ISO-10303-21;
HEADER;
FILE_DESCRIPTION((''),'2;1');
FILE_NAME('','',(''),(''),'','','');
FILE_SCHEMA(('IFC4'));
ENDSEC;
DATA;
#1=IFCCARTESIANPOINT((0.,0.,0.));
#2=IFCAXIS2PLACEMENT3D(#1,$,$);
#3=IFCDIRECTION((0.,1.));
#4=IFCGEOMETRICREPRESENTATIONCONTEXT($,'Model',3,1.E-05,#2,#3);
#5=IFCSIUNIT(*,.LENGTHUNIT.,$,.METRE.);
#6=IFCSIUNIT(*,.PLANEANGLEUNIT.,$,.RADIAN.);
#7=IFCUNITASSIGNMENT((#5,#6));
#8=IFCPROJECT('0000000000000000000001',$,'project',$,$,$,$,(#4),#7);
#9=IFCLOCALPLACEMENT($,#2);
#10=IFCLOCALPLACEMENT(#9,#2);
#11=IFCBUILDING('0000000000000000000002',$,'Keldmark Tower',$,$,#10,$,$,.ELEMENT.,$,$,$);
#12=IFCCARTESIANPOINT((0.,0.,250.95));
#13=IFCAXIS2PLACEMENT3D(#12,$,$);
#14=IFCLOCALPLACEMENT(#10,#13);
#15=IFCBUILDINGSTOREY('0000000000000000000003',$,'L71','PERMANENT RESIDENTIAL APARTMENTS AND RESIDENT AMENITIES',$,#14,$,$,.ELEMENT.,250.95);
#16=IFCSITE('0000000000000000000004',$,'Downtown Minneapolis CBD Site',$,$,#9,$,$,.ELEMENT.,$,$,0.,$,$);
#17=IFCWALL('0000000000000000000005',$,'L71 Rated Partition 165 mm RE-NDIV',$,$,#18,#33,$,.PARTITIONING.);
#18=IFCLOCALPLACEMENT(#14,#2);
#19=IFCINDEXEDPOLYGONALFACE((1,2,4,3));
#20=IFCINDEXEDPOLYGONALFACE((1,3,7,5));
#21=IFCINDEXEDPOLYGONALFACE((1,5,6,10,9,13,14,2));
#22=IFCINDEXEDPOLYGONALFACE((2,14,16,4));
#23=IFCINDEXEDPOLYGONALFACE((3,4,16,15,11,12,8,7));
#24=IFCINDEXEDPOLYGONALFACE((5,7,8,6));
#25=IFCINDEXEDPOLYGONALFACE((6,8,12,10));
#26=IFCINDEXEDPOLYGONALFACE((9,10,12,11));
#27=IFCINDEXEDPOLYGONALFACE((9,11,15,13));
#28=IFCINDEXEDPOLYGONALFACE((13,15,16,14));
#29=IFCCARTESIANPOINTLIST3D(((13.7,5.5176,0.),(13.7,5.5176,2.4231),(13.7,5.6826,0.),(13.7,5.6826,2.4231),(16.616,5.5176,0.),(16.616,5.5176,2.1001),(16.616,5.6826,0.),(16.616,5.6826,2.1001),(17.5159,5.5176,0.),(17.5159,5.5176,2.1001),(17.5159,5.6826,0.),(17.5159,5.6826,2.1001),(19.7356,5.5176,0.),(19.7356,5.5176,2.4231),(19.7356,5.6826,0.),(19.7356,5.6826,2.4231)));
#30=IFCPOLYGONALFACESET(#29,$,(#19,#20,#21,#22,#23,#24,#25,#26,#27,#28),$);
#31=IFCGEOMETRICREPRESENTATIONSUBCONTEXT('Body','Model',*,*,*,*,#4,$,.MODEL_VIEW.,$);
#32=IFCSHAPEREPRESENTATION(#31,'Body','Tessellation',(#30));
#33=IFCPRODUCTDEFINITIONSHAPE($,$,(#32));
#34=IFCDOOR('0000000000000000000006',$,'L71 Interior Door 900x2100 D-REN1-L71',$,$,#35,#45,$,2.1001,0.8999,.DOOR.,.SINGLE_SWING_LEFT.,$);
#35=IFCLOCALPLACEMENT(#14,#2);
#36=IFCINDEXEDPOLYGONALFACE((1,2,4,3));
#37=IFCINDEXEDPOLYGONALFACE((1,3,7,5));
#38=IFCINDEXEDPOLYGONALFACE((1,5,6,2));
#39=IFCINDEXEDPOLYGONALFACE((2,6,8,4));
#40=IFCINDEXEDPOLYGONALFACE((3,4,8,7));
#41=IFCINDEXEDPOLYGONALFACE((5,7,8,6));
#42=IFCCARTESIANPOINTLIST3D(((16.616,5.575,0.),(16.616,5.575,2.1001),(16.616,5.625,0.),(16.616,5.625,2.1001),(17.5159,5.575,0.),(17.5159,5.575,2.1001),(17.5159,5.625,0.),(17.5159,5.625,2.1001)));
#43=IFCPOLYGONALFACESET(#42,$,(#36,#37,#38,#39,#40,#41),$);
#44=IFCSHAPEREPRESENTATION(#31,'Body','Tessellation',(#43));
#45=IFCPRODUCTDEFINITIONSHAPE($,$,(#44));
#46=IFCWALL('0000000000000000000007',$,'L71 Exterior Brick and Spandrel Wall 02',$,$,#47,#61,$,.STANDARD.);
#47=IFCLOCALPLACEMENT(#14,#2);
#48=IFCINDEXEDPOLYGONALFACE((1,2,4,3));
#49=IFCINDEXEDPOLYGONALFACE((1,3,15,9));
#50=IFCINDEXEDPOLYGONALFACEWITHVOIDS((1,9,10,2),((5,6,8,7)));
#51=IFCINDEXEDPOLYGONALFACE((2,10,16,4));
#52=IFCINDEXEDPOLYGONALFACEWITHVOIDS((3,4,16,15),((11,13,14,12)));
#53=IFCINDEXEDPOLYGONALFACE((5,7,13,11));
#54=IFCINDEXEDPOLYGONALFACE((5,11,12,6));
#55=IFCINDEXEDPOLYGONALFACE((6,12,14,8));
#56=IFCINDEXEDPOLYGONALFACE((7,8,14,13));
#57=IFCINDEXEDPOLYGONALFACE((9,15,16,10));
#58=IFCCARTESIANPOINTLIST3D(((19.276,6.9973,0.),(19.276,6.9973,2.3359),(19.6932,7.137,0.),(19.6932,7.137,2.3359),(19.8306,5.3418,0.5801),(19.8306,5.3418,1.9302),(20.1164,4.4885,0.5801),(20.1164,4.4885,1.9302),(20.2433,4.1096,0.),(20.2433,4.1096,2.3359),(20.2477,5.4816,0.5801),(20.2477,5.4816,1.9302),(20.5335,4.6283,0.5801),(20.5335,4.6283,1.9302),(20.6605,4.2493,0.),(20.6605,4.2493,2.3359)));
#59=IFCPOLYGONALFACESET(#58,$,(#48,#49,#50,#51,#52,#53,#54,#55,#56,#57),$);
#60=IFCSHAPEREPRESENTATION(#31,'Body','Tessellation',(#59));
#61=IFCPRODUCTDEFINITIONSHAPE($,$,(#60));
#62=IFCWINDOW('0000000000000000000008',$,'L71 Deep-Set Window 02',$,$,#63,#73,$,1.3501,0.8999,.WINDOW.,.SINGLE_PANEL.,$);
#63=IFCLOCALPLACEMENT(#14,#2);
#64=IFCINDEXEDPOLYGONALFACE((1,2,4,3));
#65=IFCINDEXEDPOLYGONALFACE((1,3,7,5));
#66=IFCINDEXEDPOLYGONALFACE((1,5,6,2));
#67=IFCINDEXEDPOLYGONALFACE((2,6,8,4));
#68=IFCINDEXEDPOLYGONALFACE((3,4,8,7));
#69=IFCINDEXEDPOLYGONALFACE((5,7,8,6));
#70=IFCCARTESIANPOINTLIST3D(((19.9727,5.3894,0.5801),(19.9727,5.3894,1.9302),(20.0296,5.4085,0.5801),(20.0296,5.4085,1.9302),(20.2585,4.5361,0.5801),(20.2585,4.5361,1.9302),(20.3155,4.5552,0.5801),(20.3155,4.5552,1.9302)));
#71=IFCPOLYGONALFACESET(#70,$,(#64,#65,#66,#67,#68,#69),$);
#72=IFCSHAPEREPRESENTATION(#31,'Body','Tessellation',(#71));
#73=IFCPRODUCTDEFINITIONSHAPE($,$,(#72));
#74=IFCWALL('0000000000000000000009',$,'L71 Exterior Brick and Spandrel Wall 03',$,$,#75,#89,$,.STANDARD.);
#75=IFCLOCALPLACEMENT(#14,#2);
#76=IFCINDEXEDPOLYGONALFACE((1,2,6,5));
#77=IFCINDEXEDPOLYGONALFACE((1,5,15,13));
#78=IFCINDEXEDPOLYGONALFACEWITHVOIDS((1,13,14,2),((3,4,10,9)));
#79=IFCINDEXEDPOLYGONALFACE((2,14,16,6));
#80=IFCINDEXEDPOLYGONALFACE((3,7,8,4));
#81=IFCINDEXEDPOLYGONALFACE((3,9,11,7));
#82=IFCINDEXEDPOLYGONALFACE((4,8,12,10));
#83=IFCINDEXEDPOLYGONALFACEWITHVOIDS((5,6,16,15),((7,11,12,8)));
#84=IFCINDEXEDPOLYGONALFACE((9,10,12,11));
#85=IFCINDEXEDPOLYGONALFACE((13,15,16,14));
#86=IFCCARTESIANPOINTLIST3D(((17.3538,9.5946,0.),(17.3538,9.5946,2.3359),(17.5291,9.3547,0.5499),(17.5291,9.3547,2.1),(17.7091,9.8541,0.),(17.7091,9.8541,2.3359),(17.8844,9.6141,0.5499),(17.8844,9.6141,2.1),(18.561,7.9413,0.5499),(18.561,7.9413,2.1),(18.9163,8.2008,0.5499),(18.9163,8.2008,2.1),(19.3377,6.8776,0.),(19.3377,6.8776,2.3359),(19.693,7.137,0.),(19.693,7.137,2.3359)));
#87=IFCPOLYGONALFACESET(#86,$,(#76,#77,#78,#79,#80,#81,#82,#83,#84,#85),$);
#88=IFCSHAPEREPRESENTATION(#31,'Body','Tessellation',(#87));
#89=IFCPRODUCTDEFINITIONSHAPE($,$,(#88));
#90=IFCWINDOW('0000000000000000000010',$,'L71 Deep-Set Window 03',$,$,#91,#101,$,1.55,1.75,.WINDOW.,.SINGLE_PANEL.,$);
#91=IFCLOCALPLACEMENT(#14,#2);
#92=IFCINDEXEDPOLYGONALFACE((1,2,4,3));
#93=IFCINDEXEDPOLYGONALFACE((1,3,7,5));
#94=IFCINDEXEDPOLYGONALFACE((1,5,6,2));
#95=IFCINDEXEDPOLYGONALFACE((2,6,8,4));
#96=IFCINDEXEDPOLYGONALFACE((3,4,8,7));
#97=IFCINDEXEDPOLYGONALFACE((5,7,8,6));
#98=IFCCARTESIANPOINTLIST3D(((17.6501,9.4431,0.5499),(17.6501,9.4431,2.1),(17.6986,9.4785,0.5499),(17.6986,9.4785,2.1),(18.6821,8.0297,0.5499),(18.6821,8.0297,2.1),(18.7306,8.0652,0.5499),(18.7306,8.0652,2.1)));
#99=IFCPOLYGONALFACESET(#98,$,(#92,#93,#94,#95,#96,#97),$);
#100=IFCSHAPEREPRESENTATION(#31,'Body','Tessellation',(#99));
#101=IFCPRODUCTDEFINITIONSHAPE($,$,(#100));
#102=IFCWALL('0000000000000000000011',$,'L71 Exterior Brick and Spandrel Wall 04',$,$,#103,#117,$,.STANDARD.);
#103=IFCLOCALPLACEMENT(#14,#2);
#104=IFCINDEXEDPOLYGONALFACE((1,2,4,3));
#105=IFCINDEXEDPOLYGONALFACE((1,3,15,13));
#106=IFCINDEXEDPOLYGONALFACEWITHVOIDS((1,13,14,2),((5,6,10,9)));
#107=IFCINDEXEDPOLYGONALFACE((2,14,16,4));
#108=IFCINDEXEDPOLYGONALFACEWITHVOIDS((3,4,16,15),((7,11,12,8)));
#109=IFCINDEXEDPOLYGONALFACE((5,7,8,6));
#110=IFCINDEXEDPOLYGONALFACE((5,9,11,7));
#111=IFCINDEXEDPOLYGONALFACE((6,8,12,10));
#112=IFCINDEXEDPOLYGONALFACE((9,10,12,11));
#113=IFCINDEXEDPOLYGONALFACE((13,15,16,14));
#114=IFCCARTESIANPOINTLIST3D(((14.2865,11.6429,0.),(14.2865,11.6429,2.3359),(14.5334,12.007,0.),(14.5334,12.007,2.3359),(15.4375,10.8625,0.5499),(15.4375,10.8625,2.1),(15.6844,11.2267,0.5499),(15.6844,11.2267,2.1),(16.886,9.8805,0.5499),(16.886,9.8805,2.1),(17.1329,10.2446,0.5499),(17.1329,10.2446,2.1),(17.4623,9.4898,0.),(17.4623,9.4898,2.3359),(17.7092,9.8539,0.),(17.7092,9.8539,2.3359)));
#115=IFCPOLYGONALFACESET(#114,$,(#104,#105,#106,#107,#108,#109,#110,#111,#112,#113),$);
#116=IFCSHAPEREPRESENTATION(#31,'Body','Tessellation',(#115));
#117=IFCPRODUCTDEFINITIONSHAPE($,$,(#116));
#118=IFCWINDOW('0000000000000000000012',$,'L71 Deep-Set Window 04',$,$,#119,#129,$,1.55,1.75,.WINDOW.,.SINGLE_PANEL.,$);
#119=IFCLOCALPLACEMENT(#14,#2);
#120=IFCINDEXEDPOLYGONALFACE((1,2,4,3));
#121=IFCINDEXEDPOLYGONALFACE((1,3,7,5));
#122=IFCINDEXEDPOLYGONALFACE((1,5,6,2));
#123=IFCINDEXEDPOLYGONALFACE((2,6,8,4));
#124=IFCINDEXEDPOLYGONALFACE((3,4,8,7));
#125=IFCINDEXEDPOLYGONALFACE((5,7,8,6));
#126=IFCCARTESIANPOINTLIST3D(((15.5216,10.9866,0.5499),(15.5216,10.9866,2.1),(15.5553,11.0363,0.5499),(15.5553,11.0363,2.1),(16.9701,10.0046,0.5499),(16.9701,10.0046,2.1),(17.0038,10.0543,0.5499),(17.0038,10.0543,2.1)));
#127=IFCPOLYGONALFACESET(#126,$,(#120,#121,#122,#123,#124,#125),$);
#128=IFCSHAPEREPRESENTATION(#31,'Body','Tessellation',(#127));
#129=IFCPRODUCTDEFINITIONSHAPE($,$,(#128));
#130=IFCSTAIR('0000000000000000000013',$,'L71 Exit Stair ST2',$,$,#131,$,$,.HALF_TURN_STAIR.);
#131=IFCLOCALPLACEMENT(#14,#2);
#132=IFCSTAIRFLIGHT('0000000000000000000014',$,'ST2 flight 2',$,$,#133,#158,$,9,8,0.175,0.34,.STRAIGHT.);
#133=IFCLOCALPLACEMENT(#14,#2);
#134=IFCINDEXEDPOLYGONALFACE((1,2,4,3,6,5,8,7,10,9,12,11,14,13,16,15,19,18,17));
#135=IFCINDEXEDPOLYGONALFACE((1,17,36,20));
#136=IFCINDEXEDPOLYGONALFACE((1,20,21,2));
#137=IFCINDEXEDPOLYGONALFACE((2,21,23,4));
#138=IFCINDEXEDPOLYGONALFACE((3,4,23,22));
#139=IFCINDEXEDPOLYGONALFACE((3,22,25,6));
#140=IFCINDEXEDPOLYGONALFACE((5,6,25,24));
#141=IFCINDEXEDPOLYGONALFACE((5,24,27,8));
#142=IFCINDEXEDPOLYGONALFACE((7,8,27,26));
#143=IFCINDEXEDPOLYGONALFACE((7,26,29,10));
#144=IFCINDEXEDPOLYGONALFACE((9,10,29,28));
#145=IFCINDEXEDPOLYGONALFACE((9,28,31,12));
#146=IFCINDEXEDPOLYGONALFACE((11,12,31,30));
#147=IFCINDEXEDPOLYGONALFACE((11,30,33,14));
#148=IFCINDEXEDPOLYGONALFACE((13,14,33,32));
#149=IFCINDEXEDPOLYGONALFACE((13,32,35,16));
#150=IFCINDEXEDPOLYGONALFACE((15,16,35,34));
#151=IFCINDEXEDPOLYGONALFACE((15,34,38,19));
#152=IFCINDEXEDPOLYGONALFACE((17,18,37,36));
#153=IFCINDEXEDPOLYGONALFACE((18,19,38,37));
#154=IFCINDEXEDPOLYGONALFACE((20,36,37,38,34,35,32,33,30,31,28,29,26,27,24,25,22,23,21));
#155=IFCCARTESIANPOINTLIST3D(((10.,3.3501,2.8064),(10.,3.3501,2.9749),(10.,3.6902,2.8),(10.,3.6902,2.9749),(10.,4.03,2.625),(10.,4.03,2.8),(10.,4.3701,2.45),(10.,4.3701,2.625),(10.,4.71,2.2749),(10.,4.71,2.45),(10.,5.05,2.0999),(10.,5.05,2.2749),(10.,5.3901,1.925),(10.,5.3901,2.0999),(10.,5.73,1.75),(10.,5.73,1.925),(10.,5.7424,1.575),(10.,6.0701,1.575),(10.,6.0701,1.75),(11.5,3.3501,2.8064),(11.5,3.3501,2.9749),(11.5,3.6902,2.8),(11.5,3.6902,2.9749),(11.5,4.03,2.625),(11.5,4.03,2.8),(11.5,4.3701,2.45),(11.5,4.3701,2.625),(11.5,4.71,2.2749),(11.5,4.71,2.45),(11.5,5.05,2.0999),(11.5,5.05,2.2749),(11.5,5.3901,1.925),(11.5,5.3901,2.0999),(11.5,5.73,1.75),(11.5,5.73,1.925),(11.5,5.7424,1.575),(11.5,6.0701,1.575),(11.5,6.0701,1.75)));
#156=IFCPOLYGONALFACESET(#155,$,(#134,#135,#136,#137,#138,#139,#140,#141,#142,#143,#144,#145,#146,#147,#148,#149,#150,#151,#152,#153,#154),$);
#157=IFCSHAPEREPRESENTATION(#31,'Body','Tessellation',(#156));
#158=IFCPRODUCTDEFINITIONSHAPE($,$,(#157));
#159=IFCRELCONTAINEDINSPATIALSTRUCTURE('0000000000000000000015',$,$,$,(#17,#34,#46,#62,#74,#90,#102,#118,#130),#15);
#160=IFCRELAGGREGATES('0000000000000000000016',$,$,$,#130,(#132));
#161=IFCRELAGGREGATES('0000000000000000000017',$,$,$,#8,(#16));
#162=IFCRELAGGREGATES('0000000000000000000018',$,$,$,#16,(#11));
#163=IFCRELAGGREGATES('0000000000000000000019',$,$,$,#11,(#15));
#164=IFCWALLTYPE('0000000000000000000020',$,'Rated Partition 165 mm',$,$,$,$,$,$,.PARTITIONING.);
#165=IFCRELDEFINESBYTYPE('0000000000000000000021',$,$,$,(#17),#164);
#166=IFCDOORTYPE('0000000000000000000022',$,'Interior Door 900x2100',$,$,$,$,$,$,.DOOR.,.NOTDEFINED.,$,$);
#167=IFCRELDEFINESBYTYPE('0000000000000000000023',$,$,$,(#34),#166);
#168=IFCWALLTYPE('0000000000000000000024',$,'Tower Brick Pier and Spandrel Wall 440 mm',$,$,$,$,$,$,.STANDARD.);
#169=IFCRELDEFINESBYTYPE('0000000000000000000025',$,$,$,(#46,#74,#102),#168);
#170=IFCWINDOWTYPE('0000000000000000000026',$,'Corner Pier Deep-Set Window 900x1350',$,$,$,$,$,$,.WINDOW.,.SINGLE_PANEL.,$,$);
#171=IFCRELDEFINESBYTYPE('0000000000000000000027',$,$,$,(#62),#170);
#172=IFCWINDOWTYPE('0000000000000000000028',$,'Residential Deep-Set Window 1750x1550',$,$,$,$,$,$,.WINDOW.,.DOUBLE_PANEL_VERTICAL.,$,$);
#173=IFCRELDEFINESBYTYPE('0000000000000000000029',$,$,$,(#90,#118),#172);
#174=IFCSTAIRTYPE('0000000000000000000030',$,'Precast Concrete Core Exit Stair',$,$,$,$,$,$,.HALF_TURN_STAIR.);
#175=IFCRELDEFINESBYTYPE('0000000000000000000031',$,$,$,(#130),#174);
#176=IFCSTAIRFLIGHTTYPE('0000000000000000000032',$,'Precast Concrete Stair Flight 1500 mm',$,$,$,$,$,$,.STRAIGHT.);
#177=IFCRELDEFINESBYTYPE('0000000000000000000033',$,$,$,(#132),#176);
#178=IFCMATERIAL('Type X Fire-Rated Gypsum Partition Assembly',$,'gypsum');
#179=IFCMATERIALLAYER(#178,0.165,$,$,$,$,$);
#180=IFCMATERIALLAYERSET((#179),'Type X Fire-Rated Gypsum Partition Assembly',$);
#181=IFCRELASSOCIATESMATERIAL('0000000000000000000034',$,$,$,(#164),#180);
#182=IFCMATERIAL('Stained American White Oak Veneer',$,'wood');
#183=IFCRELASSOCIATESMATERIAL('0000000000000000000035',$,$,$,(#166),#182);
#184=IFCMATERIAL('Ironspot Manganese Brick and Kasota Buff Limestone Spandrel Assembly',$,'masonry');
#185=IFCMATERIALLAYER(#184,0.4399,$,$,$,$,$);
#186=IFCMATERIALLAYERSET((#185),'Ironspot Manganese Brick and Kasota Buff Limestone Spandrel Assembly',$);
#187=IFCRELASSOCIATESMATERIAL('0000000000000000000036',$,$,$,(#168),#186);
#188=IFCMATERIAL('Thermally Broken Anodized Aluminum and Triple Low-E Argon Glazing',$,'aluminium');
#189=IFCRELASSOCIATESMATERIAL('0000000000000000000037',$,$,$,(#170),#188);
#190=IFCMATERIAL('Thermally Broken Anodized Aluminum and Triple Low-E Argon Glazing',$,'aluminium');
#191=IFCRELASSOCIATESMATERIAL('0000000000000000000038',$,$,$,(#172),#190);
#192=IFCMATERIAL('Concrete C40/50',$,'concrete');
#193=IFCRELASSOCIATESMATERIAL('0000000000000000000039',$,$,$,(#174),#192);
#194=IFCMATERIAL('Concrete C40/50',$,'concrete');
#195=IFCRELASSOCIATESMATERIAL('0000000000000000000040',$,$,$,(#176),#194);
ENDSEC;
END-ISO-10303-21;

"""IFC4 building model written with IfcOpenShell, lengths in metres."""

from ifc_helpers import new_model, si_unit, direction, frame, frame_2d, origin, place, context, subcontext, project, spatial, polyline, rectangle, outline, extrude, material, layer, layer_set, type_object, element, fill, aggregate, save


model = new_model("IFC4")

# Units and contexts
model_context = context("Model", 3, precision=1e-05, world=origin(), true_north=direction((0.0, 1.0)))
body_context = subcontext(model_context, "Body", "Model", "MODEL_VIEW")
ifc_project = project(units=[si_unit("LENGTHUNIT", "METRE"), si_unit("PLANEANGLEUNIT", "RADIAN")], contexts=[model_context])

# Site, building, storey
site_placement = place(None, origin())
site = spatial("IfcSite", under=ifc_project, at=site_placement, Name="Downtown Minneapolis CBD Site", CompositionType="ELEMENT", RefElevation=0.0)
building_placement = place(site_placement, origin())
building = spatial("IfcBuilding", under=site, at=building_placement, Name="Keldmark Tower", CompositionType="ELEMENT")
storey_placement = place(building_placement, frame((0.0, 0.0, 250.95)))
storey = spatial("IfcBuildingStorey", under=building, at=storey_placement, Name="L71", Description="PERMANENT RESIDENTIAL APARTMENTS AND RESIDENT AMENITIES", CompositionType="ELEMENT", Elevation=250.95)

# Wall, opening, door
ifc_material_1 = material(Name="Type X Fire-Rated Gypsum Partition Assembly", Category="gypsum")
ifc_layer_1 = layer(ifc_material_1, 0.165)
ifc_layer_set_1 = layer_set([ifc_layer_1], Name="Type X Fire-Rated Gypsum Partition Assembly")
wall_type_1 = type_object("IfcWallType", Name="Rated Partition 165 mm", PredefinedType="PARTITIONING", material=ifc_layer_set_1)
wall_1_placement = place(storey_placement, frame((13.7, 5.6001, 0.0), z_axis=(0.0, 0.0, 1.0), x_axis=(1.0, 0.0, 0.0)))
wall_1 = element("IfcWall", 1, at=wall_1_placement, inside=storey, type_object=wall_type_1, Name="L71 Rated Partition 165 mm RE-NDIV", PredefinedType="PARTITIONING", context=body_context, shape_type="SweptSolid", body=[
    extrude(rectangle(XDim=6.0356, YDim=0.165, at=frame_2d((3.0178, 0.0))), origin(), (0.0, 0.0, 1.0), 2.4231),
])
opening_1_placement = place(wall_1_placement, frame((2.916, 0.0, 0.0)))
opening_1 = element("IfcOpeningElement", 2, at=opening_1_placement, cuts=wall_1, PredefinedType="OPENING", context=body_context, shape_type="SweptSolid", body=[
    extrude(rectangle(XDim=0.8999, YDim=2.1001, at=frame_2d((0.45, 1.05))), frame((0.0, 0.0925, 0.0), z_axis=(0.0, -1.0, 0.0), x_axis=(1.0, 0.0, 0.0)), (0.0, 0.0, 1.0), 0.1851),
])
ifc_material_2 = material(Name="Stained American White Oak Veneer", Category="wood")
door_type = type_object("IfcDoorType", Name="Interior Door 900x2100", OperationType="NOTDEFINED", PredefinedType="DOOR", material=ifc_material_2)
door_placement = place(opening_1_placement, origin())
door = element("IfcDoor", 3, at=door_placement, inside=storey, type_object=door_type, Name="L71 Interior Door 900x2100 D-REN1-L71", OperationType="SINGLE_SWING_LEFT", OverallHeight=2.1001, OverallWidth=0.8999, PredefinedType="DOOR", context=body_context, shape_type="SweptSolid", body=[
    extrude(rectangle(XDim=0.8999, YDim=2.1001, at=frame_2d((0.45, 1.05))), frame((0.0, 0.0249, 0.0), z_axis=(0.0, -1.0, 0.0), x_axis=(1.0, 0.0, 0.0)), (0.0, 0.0, 1.0), 0.05),
])
fill(opening_1, door)

# Walls, openings, windows
ifc_material_3 = material(Name="Ironspot Manganese Brick and Kasota Buff Limestone Spandrel Assembly", Category="masonry")
ifc_layer_2 = layer(ifc_material_3, 0.4399)
ifc_layer_set_2 = layer_set([ifc_layer_2], Name="Ironspot Manganese Brick and Kasota Buff Limestone Spandrel Assembly")
wall_type_2 = type_object("IfcWallType", Name="Tower Brick Pier and Spandrel Wall 440 mm", PredefinedType="STANDARD", material=ifc_layer_set_2)
wall_2_placement = place(storey_placement, frame((19.4846, 7.0671, 0.0), z_axis=(0.0, 0.0, 1.0), x_axis=(0.317622, -0.948217, 0.0)))
wall_2 = element("IfcWall", 4, at=wall_2_placement, inside=storey, type_object=wall_type_2, Name="L71 Exterior Brick and Spandrel Wall 02", PredefinedType="STANDARD", context=body_context, shape_type="SweptSolid", body=[
    extrude(rectangle(XDim=3.0454, YDim=0.4399, at=frame_2d((1.5227, 0.0))), origin(), (0.0, 0.0, 1.0), 2.3359),
])
opening_2_placement = place(wall_2_placement, frame((1.7458, 0.0, 0.5801)))
opening_2 = element("IfcOpeningElement", 5, at=opening_2_placement, cuts=wall_2, PredefinedType="OPENING", context=body_context, shape_type="SweptSolid", body=[
    extrude(rectangle(XDim=0.8999, YDim=1.3501, at=frame_2d((0.45, 0.675))), frame((0.0, 0.23, 0.0), z_axis=(0.0, -1.0, 0.0), x_axis=(1.0, 0.0, 0.0)), (0.0, 0.0, 1.0), 0.46),
])
ifc_material_4 = material(Name="Thermally Broken Anodized Aluminum and Triple Low-E Argon Glazing", Category="aluminium")
window_type_1 = type_object("IfcWindowType", Name="Corner Pier Deep-Set Window 900x1350", PartitioningType="SINGLE_PANEL", PredefinedType="WINDOW", material=ifc_material_4)
window_1_placement = place(opening_2_placement, origin())
window_1 = element("IfcWindow", 6, at=window_1_placement, inside=storey, type_object=window_type_1, Name="L71 Deep-Set Window 02", OverallHeight=1.3501, OverallWidth=0.8999, PartitioningType="SINGLE_PANEL", PredefinedType="WINDOW", context=body_context, shape_type="SweptSolid", body=[
    extrude(rectangle(XDim=0.8999, YDim=1.3501, at=frame_2d((0.45, 0.675))), frame((0.0, -0.01, 0.0), z_axis=(0.0, -1.0, 0.0), x_axis=(1.0, 0.0, 0.0)), (0.0, 0.0, 1.0), 0.0601),
])
fill(opening_2, window_1)
wall_3_placement = place(storey_placement, frame((17.5315, 9.7244, 0.0), z_axis=(0.0, 0.0, 1.0), x_axis=(0.589698, -0.807624, 0.0)))
wall_3 = element("IfcWall", 7, at=wall_3_placement, inside=storey, type_object=wall_type_2, Name="L71 Exterior Brick and Spandrel Wall 03", PredefinedType="STANDARD", context=body_context, shape_type="SweptSolid", body=[
    extrude(rectangle(XDim=3.3643, YDim=0.4399, at=frame_2d((1.6821, 0.0))), origin(), (0.0, 0.0, 1.0), 2.3359),
])
opening_3_placement = place(wall_3_placement, frame((0.2971, 0.0, 0.55)))
opening_3 = element("IfcOpeningElement", 8, at=opening_3_placement, cuts=wall_3, PredefinedType="OPENING", context=body_context, shape_type="SweptSolid", body=[
    extrude(rectangle(XDim=1.75, YDim=1.55, at=frame_2d((0.875, 0.7749))), frame((0.0, 0.23, 0.0), z_axis=(0.0, -1.0, 0.0), x_axis=(1.0, 0.0, 0.0)), (0.0, 0.0, 1.0), 0.46),
])
ifc_material_5 = material(Name="Thermally Broken Anodized Aluminum and Triple Low-E Argon Glazing", Category="aluminium")
window_type_2 = type_object("IfcWindowType", Name="Residential Deep-Set Window 1750x1550", PartitioningType="DOUBLE_PANEL_VERTICAL", PredefinedType="WINDOW", material=ifc_material_5)
window_2_placement = place(opening_3_placement, origin())
window_2 = element("IfcWindow", 9, at=window_2_placement, inside=storey, type_object=window_type_2, Name="L71 Deep-Set Window 03", OverallHeight=1.55, OverallWidth=1.75, PartitioningType="SINGLE_PANEL", PredefinedType="WINDOW", context=body_context, shape_type="SweptSolid", body=[
    extrude(rectangle(XDim=1.75, YDim=1.55, at=frame_2d((0.875, 0.7749))), frame((0.0, -0.01, 0.0), z_axis=(0.0, -1.0, 0.0), x_axis=(1.0, 0.0, 0.0)), (0.0, 0.0, 1.0), 0.0601),
])
fill(opening_3, window_2)
wall_4_placement = place(storey_placement, frame((14.4099, 11.825, 0.0), z_axis=(0.0, 0.0, 1.0), x_axis=(0.827708, -0.561159, 0.0)))
wall_4 = element("IfcWall", 10, at=wall_4_placement, inside=storey, type_object=wall_type_2, Name="L71 Exterior Brick and Spandrel Wall 04", PredefinedType="STANDARD", context=body_context, shape_type="SweptSolid", body=[
    extrude(rectangle(XDim=3.8369, YDim=0.4399, at=frame_2d((1.9185, 0.0))), origin(), (0.0, 0.0, 1.0), 2.3359),
])
opening_4_placement = place(wall_4_placement, frame((1.3906, 0.0, 0.55)))
opening_4 = element("IfcOpeningElement", 11, at=opening_4_placement, cuts=wall_4, PredefinedType="OPENING", context=body_context, shape_type="SweptSolid", body=[
    extrude(rectangle(XDim=1.75, YDim=1.55, at=frame_2d((0.875, 0.7749))), frame((0.0, 0.23, 0.0), z_axis=(0.0, -1.0, 0.0), x_axis=(1.0, 0.0, 0.0)), (0.0, 0.0, 1.0), 0.46),
])
window_3_placement = place(opening_4_placement, origin())
window_3 = element("IfcWindow", 12, at=window_3_placement, inside=storey, type_object=window_type_2, Name="L71 Deep-Set Window 04", OverallHeight=1.55, OverallWidth=1.75, PartitioningType="SINGLE_PANEL", PredefinedType="WINDOW", context=body_context, shape_type="SweptSolid", body=[
    extrude(rectangle(XDim=1.75, YDim=1.55, at=frame_2d((0.875, 0.7749))), frame((0.0, -0.01, 0.0), z_axis=(0.0, -1.0, 0.0), x_axis=(1.0, 0.0, 0.0)), (0.0, 0.0, 1.0), 0.0601),
])
fill(opening_4, window_3)

# Stair, stair flight
ifc_material_6 = material(Name="Concrete C40/50", Category="concrete")
stair_type = type_object("IfcStairType", Name="Precast Concrete Core Exit Stair", PredefinedType="HALF_TURN_STAIR", material=ifc_material_6)
stair_placement = place(storey_placement, origin())
stair = element("IfcStair", 13, at=stair_placement, inside=storey, type_object=stair_type, Name="L71 Exit Stair ST2", PredefinedType="HALF_TURN_STAIR")
ifc_material_7 = material(Name="Concrete C40/50", Category="concrete")
stair_flight_type = type_object("IfcStairFlightType", Name="Precast Concrete Stair Flight 1500 mm", PredefinedType="STRAIGHT", material=ifc_material_7)
stair_flight_placement = place(storey_placement, frame((10.75, 6.0701, 1.575), z_axis=(0.0, 0.0, 1.0), x_axis=(0.0, -1.0, 0.0)))
stair_flight = element("IfcStairFlight", 14, at=stair_flight_placement, type_object=stair_flight_type, Name="ST2 flight 2", NumberOfRisers=9, NumberOfTreads=8, PredefinedType="STRAIGHT", RiserHeight=0.175, TreadLength=0.34, context=body_context, shape_type="SweptSolid", body=[
    extrude(outline(polyline([(0.0, 0.0), (0.0, 0.175), (0.3401, 0.175), (0.3401, 0.3501), (0.6799, 0.3501), (0.6799, 0.5249), (1.02, 0.5249), (1.02, 0.7), (1.3601, 0.7), (1.3601, 0.875), (1.7, 0.875), (1.7, 1.05), (2.04, 1.05), (2.04, 1.2251), (2.3799, 1.2251), (2.3799, 1.3999), (2.72, 1.3999), (2.72, 1.575), (2.72, 1.2314), (0.3276, 0.0), (0.0, 0.0)])), frame((0.0, 0.75, 0.0), z_axis=(0.0, -1.0, 0.0), x_axis=(1.0, 0.0, 0.0)), (0.0, 0.0, 1.0), 1.5),
])
aggregate(stair, [stair_flight])

save(model, "model.ifc")
